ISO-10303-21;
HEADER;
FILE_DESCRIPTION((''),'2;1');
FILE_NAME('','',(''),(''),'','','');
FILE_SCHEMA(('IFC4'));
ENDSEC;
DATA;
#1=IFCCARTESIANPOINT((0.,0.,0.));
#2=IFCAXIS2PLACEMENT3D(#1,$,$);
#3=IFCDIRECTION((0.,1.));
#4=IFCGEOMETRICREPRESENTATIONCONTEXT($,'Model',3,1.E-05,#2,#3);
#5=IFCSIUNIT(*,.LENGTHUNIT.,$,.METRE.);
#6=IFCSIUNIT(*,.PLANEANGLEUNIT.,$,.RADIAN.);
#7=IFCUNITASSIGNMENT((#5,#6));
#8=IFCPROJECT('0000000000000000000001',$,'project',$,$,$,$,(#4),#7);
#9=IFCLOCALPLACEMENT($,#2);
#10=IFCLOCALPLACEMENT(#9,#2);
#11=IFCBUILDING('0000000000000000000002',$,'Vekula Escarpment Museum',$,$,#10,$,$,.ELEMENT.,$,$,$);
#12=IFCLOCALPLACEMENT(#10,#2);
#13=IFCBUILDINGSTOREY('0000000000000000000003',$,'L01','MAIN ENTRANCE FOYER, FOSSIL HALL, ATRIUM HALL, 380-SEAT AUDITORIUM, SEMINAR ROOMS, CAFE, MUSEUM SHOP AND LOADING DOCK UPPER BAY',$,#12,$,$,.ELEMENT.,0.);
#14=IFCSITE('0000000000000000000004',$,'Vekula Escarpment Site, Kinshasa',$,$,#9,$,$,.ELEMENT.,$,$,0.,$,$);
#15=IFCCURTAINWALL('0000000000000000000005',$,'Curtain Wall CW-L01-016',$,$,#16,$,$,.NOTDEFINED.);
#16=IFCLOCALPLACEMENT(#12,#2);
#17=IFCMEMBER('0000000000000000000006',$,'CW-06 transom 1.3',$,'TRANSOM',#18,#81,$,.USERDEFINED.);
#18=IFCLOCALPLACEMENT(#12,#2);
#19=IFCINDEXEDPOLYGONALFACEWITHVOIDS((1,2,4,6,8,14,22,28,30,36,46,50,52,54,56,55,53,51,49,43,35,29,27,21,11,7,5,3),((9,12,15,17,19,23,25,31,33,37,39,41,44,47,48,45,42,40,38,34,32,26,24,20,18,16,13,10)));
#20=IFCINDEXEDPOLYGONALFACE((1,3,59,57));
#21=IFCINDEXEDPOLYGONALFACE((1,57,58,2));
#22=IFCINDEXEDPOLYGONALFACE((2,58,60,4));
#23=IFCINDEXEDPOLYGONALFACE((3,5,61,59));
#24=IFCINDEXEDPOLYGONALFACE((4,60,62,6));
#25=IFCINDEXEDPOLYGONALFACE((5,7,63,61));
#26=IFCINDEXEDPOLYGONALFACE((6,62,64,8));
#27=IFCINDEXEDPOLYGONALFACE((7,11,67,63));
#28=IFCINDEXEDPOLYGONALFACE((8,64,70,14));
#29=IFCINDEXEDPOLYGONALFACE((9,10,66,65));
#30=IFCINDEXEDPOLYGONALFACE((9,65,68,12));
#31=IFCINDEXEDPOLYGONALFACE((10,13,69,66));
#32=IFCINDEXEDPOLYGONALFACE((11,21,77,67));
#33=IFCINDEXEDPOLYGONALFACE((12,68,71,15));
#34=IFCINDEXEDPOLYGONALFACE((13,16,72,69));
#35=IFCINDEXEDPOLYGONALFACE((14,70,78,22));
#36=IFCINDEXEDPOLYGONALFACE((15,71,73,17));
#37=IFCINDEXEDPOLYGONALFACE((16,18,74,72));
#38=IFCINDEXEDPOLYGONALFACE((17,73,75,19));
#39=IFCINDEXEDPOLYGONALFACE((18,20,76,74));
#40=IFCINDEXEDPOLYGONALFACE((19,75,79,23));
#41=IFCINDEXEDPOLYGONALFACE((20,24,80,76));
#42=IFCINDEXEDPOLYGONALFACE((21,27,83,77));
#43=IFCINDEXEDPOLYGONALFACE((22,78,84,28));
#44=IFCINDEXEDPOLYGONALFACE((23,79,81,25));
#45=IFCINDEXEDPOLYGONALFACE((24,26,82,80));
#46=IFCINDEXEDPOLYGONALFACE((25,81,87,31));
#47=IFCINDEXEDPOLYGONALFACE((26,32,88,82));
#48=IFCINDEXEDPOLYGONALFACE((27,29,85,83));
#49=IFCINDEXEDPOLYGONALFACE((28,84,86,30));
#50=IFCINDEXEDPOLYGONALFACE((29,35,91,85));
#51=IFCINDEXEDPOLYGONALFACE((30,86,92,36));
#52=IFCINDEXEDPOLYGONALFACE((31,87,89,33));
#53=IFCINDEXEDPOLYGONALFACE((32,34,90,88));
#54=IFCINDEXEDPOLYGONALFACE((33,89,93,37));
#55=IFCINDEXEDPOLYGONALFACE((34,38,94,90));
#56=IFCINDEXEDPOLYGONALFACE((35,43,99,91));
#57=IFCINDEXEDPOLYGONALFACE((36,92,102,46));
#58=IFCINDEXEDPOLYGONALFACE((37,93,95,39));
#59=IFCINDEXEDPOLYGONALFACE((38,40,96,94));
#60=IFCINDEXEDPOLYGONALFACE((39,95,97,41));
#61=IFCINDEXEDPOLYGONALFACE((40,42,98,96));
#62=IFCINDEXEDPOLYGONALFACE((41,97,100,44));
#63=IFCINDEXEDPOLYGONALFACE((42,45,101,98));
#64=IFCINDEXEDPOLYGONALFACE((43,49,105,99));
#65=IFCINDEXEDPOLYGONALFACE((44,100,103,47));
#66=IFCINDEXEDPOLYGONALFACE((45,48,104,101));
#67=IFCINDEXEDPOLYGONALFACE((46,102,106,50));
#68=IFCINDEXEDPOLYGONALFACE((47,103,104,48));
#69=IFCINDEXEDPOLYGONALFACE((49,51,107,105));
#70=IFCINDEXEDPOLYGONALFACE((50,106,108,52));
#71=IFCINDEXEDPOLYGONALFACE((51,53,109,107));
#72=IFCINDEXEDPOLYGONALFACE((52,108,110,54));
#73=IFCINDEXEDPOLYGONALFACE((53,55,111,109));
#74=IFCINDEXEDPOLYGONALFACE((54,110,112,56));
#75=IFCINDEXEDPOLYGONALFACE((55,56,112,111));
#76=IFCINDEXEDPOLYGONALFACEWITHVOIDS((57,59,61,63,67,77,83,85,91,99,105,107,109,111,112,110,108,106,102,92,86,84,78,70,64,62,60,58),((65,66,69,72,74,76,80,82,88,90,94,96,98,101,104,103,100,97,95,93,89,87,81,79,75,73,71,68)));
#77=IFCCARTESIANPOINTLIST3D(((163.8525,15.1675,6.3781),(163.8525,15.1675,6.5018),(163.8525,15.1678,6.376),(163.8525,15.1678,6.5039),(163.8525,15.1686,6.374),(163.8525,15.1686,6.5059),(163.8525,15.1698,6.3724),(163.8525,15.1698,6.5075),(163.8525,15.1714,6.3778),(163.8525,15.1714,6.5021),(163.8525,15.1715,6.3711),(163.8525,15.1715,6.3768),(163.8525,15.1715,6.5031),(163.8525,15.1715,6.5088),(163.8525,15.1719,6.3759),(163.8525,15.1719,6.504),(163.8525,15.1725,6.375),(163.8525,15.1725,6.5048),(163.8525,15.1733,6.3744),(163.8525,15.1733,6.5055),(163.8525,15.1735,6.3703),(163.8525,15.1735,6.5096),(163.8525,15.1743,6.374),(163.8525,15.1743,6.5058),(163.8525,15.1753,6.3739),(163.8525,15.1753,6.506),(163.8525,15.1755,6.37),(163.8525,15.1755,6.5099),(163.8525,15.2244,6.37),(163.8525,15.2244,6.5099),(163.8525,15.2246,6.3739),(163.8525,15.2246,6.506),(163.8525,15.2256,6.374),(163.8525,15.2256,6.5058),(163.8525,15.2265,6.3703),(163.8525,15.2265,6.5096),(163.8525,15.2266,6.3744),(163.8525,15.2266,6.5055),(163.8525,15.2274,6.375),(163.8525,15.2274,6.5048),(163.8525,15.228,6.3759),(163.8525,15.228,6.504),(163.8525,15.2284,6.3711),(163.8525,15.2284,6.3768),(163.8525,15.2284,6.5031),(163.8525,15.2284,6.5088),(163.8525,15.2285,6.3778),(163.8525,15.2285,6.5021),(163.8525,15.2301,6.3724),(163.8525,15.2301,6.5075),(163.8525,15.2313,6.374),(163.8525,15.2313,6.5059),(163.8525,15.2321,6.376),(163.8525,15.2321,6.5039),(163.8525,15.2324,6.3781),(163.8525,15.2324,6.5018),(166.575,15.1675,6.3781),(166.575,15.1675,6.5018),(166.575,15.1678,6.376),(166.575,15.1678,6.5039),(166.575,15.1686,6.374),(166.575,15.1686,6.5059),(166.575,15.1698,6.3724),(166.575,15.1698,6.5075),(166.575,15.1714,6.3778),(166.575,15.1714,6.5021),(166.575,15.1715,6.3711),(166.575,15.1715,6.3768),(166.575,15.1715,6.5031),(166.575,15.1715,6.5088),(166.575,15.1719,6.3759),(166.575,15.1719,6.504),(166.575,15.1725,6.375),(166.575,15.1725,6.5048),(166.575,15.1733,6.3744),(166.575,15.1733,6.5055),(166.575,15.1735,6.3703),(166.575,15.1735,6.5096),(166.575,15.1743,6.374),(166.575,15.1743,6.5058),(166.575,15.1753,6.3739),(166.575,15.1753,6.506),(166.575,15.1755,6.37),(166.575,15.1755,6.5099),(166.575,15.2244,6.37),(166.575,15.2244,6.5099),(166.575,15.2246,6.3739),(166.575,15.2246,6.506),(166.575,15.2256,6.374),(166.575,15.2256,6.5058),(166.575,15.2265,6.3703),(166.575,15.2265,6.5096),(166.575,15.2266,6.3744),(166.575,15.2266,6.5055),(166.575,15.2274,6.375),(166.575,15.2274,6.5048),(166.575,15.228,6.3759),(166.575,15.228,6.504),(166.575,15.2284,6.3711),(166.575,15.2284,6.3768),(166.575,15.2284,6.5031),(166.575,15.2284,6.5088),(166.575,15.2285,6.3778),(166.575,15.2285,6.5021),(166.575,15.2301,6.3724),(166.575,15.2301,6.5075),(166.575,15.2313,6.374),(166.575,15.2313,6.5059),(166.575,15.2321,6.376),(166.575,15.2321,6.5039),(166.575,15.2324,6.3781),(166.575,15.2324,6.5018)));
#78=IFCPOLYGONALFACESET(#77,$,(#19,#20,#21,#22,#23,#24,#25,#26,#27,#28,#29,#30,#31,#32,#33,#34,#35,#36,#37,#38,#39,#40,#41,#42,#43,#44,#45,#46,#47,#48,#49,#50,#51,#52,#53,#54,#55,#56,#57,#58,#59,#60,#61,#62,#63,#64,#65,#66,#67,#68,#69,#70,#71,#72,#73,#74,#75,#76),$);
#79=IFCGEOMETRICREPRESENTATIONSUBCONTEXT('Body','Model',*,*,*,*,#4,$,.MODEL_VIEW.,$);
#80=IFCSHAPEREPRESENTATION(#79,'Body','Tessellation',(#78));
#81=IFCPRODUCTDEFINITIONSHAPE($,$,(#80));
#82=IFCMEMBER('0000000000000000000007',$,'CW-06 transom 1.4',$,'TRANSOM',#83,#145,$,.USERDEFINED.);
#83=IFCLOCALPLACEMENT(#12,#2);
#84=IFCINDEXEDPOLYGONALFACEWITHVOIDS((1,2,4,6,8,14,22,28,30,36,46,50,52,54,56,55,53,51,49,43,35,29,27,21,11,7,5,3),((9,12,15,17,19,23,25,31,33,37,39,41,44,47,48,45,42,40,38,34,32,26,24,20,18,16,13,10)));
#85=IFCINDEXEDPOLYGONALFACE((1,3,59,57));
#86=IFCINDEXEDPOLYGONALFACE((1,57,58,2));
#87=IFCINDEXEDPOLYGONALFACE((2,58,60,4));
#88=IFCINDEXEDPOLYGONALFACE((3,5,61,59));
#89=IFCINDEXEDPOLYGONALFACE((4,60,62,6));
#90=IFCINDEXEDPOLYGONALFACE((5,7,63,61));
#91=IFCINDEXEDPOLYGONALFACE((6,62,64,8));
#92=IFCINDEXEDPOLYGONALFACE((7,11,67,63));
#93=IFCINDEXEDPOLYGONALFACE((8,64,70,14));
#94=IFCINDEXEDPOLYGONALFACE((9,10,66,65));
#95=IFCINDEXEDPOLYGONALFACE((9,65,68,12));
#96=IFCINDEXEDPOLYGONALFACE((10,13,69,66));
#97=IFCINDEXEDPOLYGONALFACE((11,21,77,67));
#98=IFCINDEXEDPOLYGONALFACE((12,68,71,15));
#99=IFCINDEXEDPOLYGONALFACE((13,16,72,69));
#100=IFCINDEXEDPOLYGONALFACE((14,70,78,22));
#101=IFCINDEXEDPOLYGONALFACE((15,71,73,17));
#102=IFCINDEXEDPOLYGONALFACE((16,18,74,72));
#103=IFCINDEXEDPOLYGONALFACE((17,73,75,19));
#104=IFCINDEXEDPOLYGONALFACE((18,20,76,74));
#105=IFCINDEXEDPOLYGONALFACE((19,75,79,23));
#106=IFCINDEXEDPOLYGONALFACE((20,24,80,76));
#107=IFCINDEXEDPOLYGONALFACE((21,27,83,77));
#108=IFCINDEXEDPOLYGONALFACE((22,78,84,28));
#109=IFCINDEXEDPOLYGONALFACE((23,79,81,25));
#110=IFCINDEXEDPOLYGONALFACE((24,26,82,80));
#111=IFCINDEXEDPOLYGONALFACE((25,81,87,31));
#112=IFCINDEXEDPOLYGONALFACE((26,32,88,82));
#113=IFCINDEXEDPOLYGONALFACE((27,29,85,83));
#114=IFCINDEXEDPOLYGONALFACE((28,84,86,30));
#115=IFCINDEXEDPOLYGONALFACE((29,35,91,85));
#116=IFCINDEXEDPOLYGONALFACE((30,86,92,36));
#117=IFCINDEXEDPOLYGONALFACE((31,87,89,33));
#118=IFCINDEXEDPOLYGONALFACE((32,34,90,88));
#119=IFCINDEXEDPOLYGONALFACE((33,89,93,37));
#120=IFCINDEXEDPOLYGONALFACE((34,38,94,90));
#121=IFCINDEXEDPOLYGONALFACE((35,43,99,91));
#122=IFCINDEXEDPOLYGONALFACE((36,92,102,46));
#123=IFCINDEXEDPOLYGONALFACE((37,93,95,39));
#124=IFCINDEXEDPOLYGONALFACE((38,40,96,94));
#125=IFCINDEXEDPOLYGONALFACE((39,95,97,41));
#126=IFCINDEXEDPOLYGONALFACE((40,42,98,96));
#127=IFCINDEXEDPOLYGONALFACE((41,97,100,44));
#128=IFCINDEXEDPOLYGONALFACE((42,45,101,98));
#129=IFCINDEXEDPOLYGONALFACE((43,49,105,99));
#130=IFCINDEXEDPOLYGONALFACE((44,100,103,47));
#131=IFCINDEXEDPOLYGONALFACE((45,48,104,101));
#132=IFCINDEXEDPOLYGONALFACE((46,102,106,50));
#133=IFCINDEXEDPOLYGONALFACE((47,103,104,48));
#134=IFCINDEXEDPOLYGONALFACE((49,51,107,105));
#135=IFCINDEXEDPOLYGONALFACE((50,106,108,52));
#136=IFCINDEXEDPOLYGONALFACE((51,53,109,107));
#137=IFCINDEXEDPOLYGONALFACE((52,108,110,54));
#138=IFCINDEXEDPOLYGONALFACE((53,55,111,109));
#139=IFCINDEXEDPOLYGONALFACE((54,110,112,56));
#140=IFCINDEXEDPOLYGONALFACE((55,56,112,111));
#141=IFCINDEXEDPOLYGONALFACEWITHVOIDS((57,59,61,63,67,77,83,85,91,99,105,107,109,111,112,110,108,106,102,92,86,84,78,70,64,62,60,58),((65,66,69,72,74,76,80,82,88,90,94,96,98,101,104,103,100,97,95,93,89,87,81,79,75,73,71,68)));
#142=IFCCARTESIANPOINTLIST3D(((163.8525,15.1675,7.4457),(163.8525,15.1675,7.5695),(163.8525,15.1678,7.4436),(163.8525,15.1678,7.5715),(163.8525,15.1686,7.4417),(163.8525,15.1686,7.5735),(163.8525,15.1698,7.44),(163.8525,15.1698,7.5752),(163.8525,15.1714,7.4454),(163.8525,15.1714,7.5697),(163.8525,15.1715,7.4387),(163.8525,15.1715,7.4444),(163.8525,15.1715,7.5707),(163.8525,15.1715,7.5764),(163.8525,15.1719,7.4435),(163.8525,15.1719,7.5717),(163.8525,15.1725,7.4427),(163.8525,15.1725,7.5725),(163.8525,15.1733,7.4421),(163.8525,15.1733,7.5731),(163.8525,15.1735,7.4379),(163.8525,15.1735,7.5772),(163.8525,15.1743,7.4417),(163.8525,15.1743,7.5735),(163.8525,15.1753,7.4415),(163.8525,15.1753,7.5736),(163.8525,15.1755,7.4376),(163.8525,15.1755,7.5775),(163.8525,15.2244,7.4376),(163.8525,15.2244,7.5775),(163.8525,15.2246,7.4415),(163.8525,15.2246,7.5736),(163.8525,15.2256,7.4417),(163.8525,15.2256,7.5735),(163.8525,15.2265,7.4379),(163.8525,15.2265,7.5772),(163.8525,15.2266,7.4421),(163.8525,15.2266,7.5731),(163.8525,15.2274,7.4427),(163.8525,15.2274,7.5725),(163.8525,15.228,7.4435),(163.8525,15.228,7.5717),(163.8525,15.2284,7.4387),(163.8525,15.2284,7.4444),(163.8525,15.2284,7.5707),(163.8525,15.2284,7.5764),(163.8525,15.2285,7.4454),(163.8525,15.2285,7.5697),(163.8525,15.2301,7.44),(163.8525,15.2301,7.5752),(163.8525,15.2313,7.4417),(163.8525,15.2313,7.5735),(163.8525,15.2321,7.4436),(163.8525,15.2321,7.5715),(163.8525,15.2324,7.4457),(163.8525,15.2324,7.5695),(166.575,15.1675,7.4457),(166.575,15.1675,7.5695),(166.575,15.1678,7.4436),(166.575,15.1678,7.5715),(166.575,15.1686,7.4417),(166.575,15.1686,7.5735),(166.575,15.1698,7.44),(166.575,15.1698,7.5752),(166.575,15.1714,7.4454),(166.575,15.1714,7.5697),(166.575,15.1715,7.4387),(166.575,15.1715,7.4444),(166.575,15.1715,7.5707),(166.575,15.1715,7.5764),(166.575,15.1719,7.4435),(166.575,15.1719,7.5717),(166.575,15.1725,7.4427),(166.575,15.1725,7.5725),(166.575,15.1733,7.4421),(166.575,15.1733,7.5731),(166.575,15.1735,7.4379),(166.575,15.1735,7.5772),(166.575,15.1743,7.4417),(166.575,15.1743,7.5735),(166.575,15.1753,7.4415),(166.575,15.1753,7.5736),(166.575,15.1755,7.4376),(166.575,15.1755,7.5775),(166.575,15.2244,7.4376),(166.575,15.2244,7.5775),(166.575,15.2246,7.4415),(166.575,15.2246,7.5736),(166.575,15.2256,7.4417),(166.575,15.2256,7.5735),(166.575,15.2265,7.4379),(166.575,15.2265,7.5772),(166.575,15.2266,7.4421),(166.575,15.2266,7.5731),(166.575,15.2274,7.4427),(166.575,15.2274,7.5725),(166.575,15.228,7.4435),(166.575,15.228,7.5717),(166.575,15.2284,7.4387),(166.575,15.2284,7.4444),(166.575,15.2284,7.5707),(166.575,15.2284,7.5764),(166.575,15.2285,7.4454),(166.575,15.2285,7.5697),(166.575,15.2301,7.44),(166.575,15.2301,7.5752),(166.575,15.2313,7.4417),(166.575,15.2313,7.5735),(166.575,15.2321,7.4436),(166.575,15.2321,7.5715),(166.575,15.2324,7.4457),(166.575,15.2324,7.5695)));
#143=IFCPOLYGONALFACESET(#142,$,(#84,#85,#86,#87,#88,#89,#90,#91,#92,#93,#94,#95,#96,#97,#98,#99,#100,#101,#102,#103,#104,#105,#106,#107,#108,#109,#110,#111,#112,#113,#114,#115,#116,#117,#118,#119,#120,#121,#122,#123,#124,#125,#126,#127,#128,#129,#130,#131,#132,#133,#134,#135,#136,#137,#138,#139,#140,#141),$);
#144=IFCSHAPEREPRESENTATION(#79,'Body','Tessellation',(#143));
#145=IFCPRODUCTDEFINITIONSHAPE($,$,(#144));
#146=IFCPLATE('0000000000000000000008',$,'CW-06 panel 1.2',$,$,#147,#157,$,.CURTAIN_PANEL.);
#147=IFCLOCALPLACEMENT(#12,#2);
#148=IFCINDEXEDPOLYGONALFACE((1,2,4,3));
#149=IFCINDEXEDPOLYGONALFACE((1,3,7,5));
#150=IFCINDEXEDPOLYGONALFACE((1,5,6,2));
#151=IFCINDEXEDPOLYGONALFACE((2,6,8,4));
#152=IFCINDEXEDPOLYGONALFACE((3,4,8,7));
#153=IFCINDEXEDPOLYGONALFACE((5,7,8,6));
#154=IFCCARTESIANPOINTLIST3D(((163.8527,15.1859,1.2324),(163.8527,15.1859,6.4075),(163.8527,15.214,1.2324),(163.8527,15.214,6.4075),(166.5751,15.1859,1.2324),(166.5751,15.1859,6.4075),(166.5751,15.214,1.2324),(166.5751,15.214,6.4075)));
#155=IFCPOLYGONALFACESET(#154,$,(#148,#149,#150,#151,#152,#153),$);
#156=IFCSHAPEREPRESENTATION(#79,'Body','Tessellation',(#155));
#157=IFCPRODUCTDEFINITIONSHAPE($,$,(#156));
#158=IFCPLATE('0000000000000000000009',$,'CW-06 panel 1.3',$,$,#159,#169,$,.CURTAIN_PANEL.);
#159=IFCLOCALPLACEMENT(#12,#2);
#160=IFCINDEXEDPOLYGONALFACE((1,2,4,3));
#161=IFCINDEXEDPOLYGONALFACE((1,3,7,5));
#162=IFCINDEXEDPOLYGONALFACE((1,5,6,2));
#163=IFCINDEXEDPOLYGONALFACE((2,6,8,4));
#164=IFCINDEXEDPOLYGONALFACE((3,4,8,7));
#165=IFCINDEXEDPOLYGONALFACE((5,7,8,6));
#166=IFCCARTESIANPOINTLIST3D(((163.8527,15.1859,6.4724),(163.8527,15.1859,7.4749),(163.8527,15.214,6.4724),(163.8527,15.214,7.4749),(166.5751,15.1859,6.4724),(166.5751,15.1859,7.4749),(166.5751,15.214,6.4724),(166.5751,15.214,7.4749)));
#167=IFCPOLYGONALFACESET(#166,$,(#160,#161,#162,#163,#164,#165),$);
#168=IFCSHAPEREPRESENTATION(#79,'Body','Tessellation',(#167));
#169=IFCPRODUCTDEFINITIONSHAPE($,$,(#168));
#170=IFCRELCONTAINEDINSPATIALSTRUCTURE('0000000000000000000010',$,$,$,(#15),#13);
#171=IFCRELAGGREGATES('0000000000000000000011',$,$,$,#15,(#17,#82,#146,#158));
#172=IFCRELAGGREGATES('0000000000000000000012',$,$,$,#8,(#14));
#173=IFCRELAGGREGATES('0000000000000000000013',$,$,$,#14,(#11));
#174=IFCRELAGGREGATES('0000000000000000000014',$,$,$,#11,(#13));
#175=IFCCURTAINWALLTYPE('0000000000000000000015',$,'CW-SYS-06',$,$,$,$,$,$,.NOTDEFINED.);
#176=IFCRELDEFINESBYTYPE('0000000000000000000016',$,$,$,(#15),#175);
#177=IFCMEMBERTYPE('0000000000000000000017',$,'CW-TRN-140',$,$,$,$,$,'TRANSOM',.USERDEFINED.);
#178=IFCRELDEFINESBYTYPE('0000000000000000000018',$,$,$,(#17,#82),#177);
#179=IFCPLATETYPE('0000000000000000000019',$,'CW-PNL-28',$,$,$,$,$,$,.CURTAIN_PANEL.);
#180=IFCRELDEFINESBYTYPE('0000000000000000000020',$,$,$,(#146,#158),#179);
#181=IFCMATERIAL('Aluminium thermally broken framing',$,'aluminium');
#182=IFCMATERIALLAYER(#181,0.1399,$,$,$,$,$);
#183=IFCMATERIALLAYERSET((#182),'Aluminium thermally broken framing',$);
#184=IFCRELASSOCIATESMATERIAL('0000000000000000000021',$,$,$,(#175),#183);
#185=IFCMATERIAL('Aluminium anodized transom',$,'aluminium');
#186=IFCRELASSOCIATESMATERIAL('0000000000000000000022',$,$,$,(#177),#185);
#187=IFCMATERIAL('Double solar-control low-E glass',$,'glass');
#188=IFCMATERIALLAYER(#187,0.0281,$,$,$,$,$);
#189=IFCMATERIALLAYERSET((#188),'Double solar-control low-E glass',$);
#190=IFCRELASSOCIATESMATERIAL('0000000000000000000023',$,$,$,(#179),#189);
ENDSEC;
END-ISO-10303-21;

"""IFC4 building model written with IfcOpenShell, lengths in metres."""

from ifc_helpers import new_model, si_unit, direction, frame, origin, origin_2d, place, context, subcontext, project, spatial, rectangle, hollow_rectangle, extrude, material, layer, layer_set, material_profile, profile_set, type_object, element, aggregate, save


model = new_model("IFC4")

# Units and contexts
model_context = context("Model", 3, precision=1e-05, world=origin(), true_north=direction((0.0, 1.0)))
body_context = subcontext(model_context, "Body", "Model", "MODEL_VIEW")
ifc_project = project(units=[si_unit("LENGTHUNIT", "METRE"), si_unit("PLANEANGLEUNIT", "RADIAN")], contexts=[model_context])

# Site, building, storey
site_placement = place(None, origin())
site = spatial("IfcSite", under=ifc_project, at=site_placement, Name="Vekula Escarpment Site, Kinshasa", CompositionType="ELEMENT", RefElevation=0.0)
building_placement = place(site_placement, origin())
building = spatial("IfcBuilding", under=site, at=building_placement, Name="Vekula Escarpment Museum", CompositionType="ELEMENT")
storey_placement = place(building_placement, origin())
storey = spatial("IfcBuildingStorey", under=building, at=storey_placement, Name="L01", Description="MAIN ENTRANCE FOYER, FOSSIL HALL, ATRIUM HALL, 380-SEAT AUDITORIUM, SEMINAR ROOMS, CAFE, MUSEUM SHOP AND LOADING DOCK UPPER BAY", CompositionType="ELEMENT", Elevation=0.0)

# Curtain wall, members, plates
ifc_material_1 = material(Name="Aluminium thermally broken framing", Category="aluminium")
ifc_layer_1 = layer(ifc_material_1, 0.1399)
ifc_layer_set_1 = layer_set([ifc_layer_1], Name="Aluminium thermally broken framing")
curtain_wall_type = type_object("IfcCurtainWallType", Name="CW-SYS-06", PredefinedType="NOTDEFINED", material=ifc_layer_set_1)
curtain_wall_placement = place(storey_placement, origin())
curtain_wall = element("IfcCurtainWall", 1, at=curtain_wall_placement, inside=storey, type_object=curtain_wall_type, Name="Curtain Wall CW-L01-016", PredefinedType="NOTDEFINED")
ifc_material_2 = material(Name="Aluminium anodized transom", Category="aluminium")
ifc_material_profile_1 = material_profile(ifc_material_2, hollow_rectangle(XDim=0.0649, YDim=0.1399, WallThickness=0.0039, InnerFilletRadius=0.0039, OuterFilletRadius=0.0081, at=origin_2d()), Name="ALU 140x65x4")
ifc_profile_set_1 = profile_set([ifc_material_profile_1], Name="Aluminium anodized transom")
member_type_1 = type_object("IfcMemberType", Name="CW-TRN-140", ElementType="TRANSOM", PredefinedType="USERDEFINED", material=ifc_profile_set_1)
member_1_placement = place(storey_placement, frame((166.575, 15.2, 6.4399), z_axis=(-1.0, 0.0, 0.0), x_axis=(0.0, -1.0, 0.0)))
member_1 = element("IfcMember", 2, at=member_1_placement, type_object=member_type_1, Name="CW-06 transom 1.3", ObjectType="TRANSOM", PredefinedType="USERDEFINED", context=body_context, shape_type="SweptSolid", body=[
    extrude(hollow_rectangle(XDim=0.0649, YDim=0.1399, WallThickness=0.0039, InnerFilletRadius=0.0039, OuterFilletRadius=0.0081, at=origin_2d()), origin(), (0.0, 0.0, 1.0), 2.7224),
])
member_2_placement = place(storey_placement, frame((166.575, 15.2, 7.5076), z_axis=(-1.0, 0.0, 0.0), x_axis=(0.0, -1.0, 0.0)))
member_2 = element("IfcMember", 3, at=member_2_placement, type_object=member_type_1, Name="CW-06 transom 1.4", ObjectType="TRANSOM", PredefinedType="USERDEFINED", context=body_context, shape_type="SweptSolid", body=[
    extrude(hollow_rectangle(XDim=0.0649, YDim=0.1399, WallThickness=0.0039, InnerFilletRadius=0.0039, OuterFilletRadius=0.0081, at=origin_2d()), origin(), (0.0, 0.0, 1.0), 2.7224),
])
ifc_material_3 = material(Name="Double solar-control low-E glass", Category="glass")
ifc_layer_2 = layer(ifc_material_3, 0.0281)
ifc_layer_set_2 = layer_set([ifc_layer_2], Name="Double solar-control low-E glass")
plate_type = type_object("IfcPlateType", Name="CW-PNL-28", PredefinedType="CURTAIN_PANEL", material=ifc_layer_set_2)
plate_1_placement = place(storey_placement, frame((165.2139, 15.2, 1.2324), z_axis=(0.0, 0.0, 1.0), x_axis=(-1.0, 0.0, 0.0)))
plate_1 = element("IfcPlate", 4, at=plate_1_placement, type_object=plate_type, Name="CW-06 panel 1.2", PredefinedType="CURTAIN_PANEL", context=body_context, shape_type="SweptSolid", body=[
    extrude(rectangle(XDim=2.7224, YDim=0.0281, at=origin_2d()), origin(), (0.0, 0.0, 1.0), 5.175),
])
plate_2_placement = place(storey_placement, frame((165.2139, 15.2, 6.4724), z_axis=(0.0, 0.0, 1.0), x_axis=(-1.0, 0.0, 0.0)))
plate_2 = element("IfcPlate", 5, at=plate_2_placement, type_object=plate_type, Name="CW-06 panel 1.3", PredefinedType="CURTAIN_PANEL", context=body_context, shape_type="SweptSolid", body=[
    extrude(rectangle(XDim=2.7224, YDim=0.0281, at=origin_2d()), origin(), (0.0, 0.0, 1.0), 1.0024),
])
aggregate(curtain_wall, [member_1, member_2, plate_1, plate_2])

save(model, "model.ifc")
